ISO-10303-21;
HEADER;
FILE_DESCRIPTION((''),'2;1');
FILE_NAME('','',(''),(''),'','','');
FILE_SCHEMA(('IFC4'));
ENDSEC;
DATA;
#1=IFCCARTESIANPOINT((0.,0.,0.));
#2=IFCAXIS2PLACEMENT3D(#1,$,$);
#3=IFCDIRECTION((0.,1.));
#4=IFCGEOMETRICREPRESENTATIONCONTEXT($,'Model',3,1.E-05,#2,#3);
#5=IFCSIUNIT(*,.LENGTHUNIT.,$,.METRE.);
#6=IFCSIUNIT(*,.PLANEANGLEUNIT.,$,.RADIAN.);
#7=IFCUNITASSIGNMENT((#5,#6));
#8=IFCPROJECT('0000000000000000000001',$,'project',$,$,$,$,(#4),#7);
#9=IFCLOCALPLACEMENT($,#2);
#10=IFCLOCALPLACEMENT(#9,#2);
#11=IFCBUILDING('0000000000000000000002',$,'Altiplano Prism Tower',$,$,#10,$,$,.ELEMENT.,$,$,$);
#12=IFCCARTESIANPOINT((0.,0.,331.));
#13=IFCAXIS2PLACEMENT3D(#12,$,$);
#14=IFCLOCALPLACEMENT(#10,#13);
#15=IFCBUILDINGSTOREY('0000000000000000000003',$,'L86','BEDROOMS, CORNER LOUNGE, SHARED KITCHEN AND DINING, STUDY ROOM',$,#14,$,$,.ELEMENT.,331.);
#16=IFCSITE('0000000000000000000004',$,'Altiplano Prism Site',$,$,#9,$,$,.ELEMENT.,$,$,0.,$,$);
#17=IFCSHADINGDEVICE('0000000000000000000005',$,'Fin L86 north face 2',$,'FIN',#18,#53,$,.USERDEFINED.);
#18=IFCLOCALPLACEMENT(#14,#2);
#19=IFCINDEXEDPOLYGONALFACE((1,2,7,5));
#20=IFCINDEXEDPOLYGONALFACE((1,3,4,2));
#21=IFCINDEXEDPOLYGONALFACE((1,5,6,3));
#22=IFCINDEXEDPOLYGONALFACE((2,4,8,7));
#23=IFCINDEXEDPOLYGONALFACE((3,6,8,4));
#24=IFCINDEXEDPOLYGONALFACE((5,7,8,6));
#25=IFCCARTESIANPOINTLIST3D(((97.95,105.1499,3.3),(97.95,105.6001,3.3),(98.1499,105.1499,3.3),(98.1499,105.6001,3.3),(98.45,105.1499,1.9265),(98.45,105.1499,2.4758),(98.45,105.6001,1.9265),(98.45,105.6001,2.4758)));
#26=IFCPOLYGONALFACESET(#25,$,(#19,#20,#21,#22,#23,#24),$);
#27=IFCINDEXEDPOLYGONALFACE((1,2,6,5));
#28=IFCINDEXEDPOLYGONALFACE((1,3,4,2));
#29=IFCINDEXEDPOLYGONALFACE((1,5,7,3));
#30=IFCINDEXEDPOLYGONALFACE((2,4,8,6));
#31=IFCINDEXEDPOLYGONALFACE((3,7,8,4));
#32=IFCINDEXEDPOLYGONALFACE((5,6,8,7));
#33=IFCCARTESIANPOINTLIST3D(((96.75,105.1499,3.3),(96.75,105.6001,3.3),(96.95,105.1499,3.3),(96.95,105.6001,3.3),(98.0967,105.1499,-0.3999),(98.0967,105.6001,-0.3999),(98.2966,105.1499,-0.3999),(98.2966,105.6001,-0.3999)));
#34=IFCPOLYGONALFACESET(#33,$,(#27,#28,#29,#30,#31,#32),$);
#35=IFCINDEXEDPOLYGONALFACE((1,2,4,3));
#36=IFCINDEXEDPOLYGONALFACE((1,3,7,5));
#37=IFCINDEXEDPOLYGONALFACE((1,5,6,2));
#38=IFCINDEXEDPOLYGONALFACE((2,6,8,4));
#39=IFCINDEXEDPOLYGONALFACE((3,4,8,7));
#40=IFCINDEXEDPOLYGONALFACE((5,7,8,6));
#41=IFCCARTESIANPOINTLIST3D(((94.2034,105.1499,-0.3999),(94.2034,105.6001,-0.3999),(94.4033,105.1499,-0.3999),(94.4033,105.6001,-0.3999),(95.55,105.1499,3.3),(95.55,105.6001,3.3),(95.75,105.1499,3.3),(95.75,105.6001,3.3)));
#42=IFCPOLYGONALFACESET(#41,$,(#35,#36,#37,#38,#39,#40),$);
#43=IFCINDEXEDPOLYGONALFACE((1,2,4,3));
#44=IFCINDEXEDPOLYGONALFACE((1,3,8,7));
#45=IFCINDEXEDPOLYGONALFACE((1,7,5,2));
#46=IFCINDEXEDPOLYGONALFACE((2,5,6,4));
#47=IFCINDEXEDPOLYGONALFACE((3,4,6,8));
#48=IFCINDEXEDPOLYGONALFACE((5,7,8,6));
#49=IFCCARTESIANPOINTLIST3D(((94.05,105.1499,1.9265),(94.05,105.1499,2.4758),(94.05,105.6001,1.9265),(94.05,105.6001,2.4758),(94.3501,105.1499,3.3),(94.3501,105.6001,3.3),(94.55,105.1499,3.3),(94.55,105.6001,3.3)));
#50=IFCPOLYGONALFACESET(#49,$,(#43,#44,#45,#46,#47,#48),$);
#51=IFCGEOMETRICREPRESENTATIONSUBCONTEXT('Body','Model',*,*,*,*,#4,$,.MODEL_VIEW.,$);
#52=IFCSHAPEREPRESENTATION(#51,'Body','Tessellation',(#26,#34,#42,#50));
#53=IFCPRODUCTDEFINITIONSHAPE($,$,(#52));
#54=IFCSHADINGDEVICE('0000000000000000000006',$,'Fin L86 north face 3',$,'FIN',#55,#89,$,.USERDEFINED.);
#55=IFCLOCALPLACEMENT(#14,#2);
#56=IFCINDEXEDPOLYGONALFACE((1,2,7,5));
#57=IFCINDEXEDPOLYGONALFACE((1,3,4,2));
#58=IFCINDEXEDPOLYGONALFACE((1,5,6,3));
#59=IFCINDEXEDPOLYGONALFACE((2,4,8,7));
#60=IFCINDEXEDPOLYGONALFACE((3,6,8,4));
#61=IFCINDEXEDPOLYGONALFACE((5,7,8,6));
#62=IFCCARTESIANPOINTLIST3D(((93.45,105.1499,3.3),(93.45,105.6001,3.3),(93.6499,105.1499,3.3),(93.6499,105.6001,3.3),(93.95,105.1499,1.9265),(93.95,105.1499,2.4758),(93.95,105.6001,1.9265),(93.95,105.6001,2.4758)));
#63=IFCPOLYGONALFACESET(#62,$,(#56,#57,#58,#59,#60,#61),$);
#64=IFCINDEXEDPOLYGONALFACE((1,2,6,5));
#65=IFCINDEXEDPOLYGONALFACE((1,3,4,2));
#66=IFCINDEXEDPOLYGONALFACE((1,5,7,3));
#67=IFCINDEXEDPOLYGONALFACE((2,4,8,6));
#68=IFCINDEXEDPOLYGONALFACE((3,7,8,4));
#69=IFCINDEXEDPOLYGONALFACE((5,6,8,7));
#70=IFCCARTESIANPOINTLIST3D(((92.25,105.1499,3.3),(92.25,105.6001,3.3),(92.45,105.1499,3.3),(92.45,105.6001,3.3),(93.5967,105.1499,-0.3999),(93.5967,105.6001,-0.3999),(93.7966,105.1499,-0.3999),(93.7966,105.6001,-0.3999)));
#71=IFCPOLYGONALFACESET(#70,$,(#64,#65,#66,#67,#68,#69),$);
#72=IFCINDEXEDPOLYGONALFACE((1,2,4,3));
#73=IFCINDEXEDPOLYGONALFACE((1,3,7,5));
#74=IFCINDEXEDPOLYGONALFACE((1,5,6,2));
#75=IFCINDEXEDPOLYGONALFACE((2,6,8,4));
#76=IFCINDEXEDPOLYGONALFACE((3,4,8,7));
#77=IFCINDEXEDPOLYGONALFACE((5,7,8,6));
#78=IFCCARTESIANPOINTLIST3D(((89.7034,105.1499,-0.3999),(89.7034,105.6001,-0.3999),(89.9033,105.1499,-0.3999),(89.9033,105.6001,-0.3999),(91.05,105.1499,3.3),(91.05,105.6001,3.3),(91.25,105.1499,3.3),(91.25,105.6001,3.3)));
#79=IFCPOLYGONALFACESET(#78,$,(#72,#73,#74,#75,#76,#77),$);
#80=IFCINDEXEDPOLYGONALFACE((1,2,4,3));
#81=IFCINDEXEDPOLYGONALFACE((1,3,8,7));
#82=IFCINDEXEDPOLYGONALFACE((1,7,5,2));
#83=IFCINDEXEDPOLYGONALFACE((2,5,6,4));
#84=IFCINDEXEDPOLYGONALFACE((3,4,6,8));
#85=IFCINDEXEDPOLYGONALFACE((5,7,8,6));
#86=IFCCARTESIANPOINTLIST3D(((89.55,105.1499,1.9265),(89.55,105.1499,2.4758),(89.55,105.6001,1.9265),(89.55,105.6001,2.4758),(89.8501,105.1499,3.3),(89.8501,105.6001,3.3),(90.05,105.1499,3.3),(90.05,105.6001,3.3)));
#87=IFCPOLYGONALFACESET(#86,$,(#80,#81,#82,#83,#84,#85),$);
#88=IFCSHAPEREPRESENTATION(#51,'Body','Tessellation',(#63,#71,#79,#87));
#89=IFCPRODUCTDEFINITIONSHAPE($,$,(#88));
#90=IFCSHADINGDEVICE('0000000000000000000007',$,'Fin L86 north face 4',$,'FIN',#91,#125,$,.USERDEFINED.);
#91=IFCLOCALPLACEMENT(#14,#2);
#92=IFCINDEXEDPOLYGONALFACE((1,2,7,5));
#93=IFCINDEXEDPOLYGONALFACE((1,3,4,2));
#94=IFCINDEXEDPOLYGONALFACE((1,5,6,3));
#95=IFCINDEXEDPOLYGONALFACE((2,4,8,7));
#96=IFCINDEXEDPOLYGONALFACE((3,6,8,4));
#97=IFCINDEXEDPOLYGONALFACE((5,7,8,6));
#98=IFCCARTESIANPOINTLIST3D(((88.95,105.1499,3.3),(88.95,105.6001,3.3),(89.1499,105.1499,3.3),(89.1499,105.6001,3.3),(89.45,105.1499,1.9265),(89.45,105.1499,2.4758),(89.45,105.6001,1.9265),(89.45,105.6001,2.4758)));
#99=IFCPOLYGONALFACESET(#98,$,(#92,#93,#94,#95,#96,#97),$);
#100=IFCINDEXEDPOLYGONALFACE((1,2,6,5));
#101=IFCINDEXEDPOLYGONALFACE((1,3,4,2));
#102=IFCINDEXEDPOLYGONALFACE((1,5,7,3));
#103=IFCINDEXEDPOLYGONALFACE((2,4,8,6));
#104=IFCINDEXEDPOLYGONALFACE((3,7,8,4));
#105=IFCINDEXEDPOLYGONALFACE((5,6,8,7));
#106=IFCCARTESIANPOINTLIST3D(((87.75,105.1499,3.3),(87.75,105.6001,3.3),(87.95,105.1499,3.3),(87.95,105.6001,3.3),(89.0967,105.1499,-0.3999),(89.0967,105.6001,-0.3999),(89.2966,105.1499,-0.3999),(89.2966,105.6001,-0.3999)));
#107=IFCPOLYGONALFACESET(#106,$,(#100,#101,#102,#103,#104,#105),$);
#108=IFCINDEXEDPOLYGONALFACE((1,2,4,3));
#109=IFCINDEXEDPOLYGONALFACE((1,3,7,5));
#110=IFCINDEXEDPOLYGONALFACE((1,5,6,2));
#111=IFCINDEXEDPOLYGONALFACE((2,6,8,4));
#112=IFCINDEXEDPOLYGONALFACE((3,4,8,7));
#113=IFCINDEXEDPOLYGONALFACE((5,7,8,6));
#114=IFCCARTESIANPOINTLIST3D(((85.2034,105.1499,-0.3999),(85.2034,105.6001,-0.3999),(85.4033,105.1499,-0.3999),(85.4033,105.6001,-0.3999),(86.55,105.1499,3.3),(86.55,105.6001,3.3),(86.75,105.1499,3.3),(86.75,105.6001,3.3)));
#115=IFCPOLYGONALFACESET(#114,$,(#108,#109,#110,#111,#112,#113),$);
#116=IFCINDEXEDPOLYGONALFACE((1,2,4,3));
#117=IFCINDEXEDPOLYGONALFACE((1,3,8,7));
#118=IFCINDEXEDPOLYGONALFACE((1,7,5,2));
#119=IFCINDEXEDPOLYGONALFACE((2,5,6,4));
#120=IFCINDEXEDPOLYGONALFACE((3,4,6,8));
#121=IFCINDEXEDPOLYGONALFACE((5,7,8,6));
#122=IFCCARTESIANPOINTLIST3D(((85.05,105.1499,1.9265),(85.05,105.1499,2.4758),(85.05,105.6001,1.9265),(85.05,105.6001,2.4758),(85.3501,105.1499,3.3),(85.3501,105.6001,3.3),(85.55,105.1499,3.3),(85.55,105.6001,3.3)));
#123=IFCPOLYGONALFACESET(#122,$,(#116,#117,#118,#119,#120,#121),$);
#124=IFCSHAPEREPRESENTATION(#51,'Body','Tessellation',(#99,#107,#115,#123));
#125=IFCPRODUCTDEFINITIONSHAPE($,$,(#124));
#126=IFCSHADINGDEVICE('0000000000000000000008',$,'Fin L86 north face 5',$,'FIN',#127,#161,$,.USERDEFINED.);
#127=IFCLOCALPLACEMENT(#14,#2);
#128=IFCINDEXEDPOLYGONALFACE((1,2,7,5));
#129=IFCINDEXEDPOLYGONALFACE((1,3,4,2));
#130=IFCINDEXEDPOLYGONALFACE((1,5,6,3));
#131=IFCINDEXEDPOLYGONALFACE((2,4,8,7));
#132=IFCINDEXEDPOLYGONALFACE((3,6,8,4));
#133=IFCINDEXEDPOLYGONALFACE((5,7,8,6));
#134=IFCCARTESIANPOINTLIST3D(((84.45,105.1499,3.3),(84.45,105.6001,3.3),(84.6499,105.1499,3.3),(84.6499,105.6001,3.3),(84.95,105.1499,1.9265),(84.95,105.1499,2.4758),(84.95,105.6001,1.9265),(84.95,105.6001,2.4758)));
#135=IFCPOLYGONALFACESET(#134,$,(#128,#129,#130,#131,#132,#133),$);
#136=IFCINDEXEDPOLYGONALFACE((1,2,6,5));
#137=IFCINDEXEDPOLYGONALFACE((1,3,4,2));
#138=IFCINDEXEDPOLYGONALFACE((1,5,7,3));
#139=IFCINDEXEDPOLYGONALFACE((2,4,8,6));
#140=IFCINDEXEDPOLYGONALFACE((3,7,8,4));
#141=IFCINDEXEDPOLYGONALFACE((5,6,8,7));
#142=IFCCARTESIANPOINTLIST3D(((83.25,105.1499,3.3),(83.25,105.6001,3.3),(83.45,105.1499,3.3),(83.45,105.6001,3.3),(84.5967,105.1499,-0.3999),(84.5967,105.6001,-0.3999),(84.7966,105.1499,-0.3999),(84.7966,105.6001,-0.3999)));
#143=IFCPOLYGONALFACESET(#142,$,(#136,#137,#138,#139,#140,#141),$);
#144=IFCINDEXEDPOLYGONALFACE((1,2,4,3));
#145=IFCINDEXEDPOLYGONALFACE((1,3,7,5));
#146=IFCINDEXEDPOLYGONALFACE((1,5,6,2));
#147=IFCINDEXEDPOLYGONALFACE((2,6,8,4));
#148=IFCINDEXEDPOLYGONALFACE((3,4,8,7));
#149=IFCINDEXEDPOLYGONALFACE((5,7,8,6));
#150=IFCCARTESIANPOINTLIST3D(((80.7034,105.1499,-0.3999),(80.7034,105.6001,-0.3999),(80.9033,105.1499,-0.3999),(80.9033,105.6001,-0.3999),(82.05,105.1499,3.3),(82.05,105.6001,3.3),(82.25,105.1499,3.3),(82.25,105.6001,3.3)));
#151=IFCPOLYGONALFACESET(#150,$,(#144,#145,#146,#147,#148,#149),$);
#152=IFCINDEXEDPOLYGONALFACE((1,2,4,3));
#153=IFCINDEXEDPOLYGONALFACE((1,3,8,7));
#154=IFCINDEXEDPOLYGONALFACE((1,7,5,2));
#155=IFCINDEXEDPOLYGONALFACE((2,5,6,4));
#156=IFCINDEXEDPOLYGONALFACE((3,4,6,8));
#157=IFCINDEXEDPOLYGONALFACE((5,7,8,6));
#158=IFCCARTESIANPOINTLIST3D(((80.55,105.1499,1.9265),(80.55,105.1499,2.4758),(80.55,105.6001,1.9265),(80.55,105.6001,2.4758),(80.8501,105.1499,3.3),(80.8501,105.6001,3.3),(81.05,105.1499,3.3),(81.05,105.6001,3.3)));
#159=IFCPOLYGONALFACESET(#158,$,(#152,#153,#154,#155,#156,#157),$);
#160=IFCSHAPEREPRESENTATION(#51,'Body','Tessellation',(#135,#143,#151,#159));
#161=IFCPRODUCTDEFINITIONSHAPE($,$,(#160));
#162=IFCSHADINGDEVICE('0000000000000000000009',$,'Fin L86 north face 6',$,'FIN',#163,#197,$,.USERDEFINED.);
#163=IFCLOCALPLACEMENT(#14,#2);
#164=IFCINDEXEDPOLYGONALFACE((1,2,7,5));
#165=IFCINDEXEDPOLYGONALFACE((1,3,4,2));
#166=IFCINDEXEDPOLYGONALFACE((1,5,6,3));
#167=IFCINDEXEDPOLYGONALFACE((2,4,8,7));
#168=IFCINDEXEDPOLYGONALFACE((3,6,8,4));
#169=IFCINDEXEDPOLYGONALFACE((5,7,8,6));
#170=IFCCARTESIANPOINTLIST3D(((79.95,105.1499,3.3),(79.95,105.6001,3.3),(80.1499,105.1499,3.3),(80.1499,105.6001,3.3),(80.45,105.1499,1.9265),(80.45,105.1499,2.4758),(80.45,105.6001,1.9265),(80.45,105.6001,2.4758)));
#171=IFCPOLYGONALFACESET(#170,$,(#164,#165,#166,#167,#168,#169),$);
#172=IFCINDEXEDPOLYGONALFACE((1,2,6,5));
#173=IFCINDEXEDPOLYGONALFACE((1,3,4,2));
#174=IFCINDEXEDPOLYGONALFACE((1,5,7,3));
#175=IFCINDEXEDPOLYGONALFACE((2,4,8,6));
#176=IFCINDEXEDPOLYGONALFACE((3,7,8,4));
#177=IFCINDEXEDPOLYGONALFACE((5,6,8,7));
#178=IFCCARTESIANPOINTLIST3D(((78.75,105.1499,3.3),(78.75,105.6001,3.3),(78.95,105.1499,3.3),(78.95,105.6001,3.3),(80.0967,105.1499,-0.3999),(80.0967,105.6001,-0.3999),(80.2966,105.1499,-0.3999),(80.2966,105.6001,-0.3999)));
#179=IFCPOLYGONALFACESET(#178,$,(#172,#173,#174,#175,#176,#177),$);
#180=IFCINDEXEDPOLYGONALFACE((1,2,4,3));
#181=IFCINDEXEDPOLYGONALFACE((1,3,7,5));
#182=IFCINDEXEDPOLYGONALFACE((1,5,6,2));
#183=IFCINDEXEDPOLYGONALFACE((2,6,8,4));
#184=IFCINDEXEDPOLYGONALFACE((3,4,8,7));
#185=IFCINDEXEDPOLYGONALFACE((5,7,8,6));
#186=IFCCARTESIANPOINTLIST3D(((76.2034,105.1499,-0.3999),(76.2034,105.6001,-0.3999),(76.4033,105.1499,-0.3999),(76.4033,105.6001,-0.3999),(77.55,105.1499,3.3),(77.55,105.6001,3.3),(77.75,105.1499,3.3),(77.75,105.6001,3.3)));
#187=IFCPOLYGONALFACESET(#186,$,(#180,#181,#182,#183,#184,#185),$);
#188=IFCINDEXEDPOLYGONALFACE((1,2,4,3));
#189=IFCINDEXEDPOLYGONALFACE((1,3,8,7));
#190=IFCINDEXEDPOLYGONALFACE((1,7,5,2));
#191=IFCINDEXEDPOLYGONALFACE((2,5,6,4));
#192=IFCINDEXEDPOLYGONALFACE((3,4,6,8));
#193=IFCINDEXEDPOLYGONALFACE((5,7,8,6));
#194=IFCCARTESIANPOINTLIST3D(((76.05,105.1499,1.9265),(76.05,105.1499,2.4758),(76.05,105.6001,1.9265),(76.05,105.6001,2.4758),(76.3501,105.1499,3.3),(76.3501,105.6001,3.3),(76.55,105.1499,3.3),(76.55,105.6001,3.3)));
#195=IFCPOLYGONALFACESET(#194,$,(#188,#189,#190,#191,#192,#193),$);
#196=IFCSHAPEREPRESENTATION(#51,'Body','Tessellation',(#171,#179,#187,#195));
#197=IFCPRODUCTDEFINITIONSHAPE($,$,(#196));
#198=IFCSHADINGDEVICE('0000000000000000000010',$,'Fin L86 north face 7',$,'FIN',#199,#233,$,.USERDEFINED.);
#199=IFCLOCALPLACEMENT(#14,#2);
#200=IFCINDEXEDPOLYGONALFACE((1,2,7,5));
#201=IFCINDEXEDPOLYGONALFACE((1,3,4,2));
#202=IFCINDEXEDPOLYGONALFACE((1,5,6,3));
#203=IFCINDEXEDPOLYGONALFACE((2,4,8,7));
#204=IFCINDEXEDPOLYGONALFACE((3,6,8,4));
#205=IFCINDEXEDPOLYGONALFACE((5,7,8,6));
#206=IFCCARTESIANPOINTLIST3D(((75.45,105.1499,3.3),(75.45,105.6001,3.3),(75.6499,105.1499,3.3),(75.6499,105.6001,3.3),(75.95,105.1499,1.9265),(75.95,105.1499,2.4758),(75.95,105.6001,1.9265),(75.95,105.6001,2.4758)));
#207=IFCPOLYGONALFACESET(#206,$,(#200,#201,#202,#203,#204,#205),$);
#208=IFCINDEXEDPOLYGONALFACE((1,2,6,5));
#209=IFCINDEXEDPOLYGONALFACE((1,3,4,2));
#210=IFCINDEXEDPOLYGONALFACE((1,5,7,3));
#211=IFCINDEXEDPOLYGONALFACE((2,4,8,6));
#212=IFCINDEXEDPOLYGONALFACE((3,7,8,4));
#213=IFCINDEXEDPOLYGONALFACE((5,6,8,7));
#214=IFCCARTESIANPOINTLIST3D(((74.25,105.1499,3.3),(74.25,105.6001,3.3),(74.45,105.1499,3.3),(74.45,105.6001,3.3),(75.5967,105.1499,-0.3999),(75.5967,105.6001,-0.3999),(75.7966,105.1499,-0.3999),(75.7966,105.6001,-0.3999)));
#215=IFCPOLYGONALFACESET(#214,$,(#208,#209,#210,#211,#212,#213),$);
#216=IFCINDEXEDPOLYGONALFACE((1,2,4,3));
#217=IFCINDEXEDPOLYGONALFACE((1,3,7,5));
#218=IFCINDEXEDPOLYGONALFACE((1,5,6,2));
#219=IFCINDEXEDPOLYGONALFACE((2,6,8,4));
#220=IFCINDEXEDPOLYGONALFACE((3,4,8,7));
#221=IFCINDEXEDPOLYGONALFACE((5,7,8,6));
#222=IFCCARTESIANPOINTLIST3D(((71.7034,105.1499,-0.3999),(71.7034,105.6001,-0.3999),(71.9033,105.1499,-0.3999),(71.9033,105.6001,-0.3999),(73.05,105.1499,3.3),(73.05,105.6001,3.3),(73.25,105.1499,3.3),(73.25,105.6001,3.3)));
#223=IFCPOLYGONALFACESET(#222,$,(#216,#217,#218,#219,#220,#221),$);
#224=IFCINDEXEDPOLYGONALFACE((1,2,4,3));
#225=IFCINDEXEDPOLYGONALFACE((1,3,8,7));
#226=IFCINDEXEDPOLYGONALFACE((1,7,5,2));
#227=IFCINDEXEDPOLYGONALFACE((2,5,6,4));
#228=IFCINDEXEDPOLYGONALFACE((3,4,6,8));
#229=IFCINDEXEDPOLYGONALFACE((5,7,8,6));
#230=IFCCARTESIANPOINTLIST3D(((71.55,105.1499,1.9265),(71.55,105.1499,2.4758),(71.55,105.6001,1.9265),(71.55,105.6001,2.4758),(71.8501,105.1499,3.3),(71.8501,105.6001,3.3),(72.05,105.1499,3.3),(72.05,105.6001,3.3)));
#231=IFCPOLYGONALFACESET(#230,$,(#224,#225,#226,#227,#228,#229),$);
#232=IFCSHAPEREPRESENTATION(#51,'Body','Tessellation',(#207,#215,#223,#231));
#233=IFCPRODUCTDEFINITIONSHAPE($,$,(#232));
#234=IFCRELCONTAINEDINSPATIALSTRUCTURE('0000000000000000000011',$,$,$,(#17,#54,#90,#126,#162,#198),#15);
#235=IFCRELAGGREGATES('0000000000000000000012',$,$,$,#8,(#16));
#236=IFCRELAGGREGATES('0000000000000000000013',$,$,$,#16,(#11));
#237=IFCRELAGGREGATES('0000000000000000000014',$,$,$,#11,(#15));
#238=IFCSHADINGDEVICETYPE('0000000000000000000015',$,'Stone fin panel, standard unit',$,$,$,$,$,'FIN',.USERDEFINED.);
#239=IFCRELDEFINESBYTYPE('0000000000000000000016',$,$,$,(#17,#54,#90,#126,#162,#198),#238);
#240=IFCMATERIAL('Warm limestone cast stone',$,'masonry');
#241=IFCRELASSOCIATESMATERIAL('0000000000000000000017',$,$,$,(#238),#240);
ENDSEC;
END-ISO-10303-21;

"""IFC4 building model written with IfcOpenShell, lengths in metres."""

from ifc_helpers import new_model, si_unit, direction, frame, origin, place, context, subcontext, project, spatial, polyline, outline, extrude, source, transform, mapped, material, type_object, element, save


model = new_model("IFC4")

# Units and contexts
model_context = context("Model", 3, precision=1e-05, world=origin(), true_north=direction((0.0, 1.0)))
body_context = subcontext(model_context, "Body", "Model", "MODEL_VIEW")
ifc_project = project(units=[si_unit("LENGTHUNIT", "METRE"), si_unit("PLANEANGLEUNIT", "RADIAN")], contexts=[model_context])

# Site, building, storey
site_placement = place(None, origin())
site = spatial("IfcSite", under=ifc_project, at=site_placement, Name="Altiplano Prism Site", CompositionType="ELEMENT", RefElevation=0.0)
building_placement = place(site_placement, origin())
building = spatial("IfcBuilding", under=site, at=building_placement, Name="Altiplano Prism Tower", CompositionType="ELEMENT")
storey_placement = place(building_placement, frame((0.0, 0.0, 331.0)))
storey = spatial("IfcBuildingStorey", under=building, at=storey_placement, Name="L86", Description="BEDROOMS, CORNER LOUNGE, SHARED KITCHEN AND DINING, STUDY ROOM", CompositionType="ELEMENT", Elevation=331.0)

# Shading devices
ifc_material_1 = material(Name="Warm limestone cast stone", Category="masonry")
shading_device_type_1 = type_object("IfcShadingDeviceType", Name="Stone fin panel, standard unit", ElementType="FIN", PredefinedType="USERDEFINED", material=ifc_material_1)
shared_shape_1 = source(origin(), body_context, "Body", "SweptSolid", [
    extrude(outline(polyline([(-2.2, 2.3264), (-1.7, 3.7), (-1.8999, 3.7), (-2.2, 2.8757), (-2.2, 2.3264)])), frame((0.0, -0.1499, 0.0), z_axis=(0.0, -1.0, 0.0), x_axis=(1.0, 0.0, 0.0)), (0.0, 0.0, 1.0), 0.4502),
    extrude(outline(polyline([(-2.0466, 0.0), (-1.8467, 0.0), (-0.5, 3.7), (-0.7, 3.7), (-2.0466, 0.0)])), frame((0.0, -0.1499, 0.0), z_axis=(0.0, -1.0, 0.0), x_axis=(1.0, 0.0, 0.0)), (0.0, 0.0, 1.0), 0.4502),
    extrude(outline(polyline([(1.8467, 0.0), (2.0466, 0.0), (0.7, 3.7), (0.5, 3.7), (1.8467, 0.0)])), frame((0.0, -0.1499, 0.0), z_axis=(0.0, -1.0, 0.0), x_axis=(1.0, 0.0, 0.0)), (0.0, 0.0, 1.0), 0.4502),
    extrude(outline(polyline([(2.2, 2.8757), (1.8999, 3.7), (1.7, 3.7), (2.2, 2.3264), (2.2, 2.8757)])), frame((0.0, -0.1499, 0.0), z_axis=(0.0, -1.0, 0.0), x_axis=(1.0, 0.0, 0.0)), (0.0, 0.0, 1.0), 0.4502),
])
shading_device_1_placement = place(storey_placement, origin())
element("IfcShadingDevice", 1, at=shading_device_1_placement, inside=storey, type_object=shading_device_type_1, Name="Fin L86 north face 2", ObjectType="FIN", PredefinedType="USERDEFINED", context=body_context, shape_type="MappedRepresentation", body=[
    mapped(shared_shape_1, transform((96.25, 105.0, -0.3999), x_axis=(-1.0, 0.0, 0.0), y_axis=(0.0, -1.0, 0.0), z_axis=(0.0, 0.0, 1.0))),
])
shading_device_2_placement = place(storey_placement, origin())
element("IfcShadingDevice", 2, at=shading_device_2_placement, inside=storey, type_object=shading_device_type_1, Name="Fin L86 north face 3", ObjectType="FIN", PredefinedType="USERDEFINED", context=body_context, shape_type="MappedRepresentation", body=[
    mapped(shared_shape_1, transform((91.75, 105.0, -0.3999), x_axis=(-1.0, 0.0, 0.0), y_axis=(0.0, -1.0, 0.0), z_axis=(0.0, 0.0, 1.0))),
])
shading_device_3_placement = place(storey_placement, origin())
element("IfcShadingDevice", 3, at=shading_device_3_placement, inside=storey, type_object=shading_device_type_1, Name="Fin L86 north face 4", ObjectType="FIN", PredefinedType="USERDEFINED", context=body_context, shape_type="MappedRepresentation", body=[
    mapped(shared_shape_1, transform((87.25, 105.0, -0.3999), x_axis=(-1.0, 0.0, 0.0), y_axis=(0.0, -1.0, 0.0), z_axis=(0.0, 0.0, 1.0))),
])
shading_device_4_placement = place(storey_placement, origin())
element("IfcShadingDevice", 4, at=shading_device_4_placement, inside=storey, type_object=shading_device_type_1, Name="Fin L86 north face 5", ObjectType="FIN", PredefinedType="USERDEFINED", context=body_context, shape_type="MappedRepresentation", body=[
    mapped(shared_shape_1, transform((82.75, 105.0, -0.3999), x_axis=(-1.0, 0.0, 0.0), y_axis=(0.0, -1.0, 0.0), z_axis=(0.0, 0.0, 1.0))),
])
shading_device_5_placement = place(storey_placement, origin())
element("IfcShadingDevice", 5, at=shading_device_5_placement, inside=storey, type_object=shading_device_type_1, Name="Fin L86 north face 6", ObjectType="FIN", PredefinedType="USERDEFINED", context=body_context, shape_type="MappedRepresentation", body=[
    mapped(shared_shape_1, transform((78.25, 105.0, -0.3999), x_axis=(-1.0, 0.0, 0.0), y_axis=(0.0, -1.0, 0.0), z_axis=(0.0, 0.0, 1.0))),
])
shading_device_6_placement = place(storey_placement, origin())
element("IfcShadingDevice", 6, at=shading_device_6_placement, inside=storey, type_object=shading_device_type_1, Name="Fin L86 north face 7", ObjectType="FIN", PredefinedType="USERDEFINED", context=body_context, shape_type="MappedRepresentation", body=[
    mapped(shared_shape_1, transform((73.75, 105.0, -0.3999), x_axis=(-1.0, 0.0, 0.0), y_axis=(0.0, -1.0, 0.0), z_axis=(0.0, 0.0, 1.0))),
])

save(model, "model.ifc")
